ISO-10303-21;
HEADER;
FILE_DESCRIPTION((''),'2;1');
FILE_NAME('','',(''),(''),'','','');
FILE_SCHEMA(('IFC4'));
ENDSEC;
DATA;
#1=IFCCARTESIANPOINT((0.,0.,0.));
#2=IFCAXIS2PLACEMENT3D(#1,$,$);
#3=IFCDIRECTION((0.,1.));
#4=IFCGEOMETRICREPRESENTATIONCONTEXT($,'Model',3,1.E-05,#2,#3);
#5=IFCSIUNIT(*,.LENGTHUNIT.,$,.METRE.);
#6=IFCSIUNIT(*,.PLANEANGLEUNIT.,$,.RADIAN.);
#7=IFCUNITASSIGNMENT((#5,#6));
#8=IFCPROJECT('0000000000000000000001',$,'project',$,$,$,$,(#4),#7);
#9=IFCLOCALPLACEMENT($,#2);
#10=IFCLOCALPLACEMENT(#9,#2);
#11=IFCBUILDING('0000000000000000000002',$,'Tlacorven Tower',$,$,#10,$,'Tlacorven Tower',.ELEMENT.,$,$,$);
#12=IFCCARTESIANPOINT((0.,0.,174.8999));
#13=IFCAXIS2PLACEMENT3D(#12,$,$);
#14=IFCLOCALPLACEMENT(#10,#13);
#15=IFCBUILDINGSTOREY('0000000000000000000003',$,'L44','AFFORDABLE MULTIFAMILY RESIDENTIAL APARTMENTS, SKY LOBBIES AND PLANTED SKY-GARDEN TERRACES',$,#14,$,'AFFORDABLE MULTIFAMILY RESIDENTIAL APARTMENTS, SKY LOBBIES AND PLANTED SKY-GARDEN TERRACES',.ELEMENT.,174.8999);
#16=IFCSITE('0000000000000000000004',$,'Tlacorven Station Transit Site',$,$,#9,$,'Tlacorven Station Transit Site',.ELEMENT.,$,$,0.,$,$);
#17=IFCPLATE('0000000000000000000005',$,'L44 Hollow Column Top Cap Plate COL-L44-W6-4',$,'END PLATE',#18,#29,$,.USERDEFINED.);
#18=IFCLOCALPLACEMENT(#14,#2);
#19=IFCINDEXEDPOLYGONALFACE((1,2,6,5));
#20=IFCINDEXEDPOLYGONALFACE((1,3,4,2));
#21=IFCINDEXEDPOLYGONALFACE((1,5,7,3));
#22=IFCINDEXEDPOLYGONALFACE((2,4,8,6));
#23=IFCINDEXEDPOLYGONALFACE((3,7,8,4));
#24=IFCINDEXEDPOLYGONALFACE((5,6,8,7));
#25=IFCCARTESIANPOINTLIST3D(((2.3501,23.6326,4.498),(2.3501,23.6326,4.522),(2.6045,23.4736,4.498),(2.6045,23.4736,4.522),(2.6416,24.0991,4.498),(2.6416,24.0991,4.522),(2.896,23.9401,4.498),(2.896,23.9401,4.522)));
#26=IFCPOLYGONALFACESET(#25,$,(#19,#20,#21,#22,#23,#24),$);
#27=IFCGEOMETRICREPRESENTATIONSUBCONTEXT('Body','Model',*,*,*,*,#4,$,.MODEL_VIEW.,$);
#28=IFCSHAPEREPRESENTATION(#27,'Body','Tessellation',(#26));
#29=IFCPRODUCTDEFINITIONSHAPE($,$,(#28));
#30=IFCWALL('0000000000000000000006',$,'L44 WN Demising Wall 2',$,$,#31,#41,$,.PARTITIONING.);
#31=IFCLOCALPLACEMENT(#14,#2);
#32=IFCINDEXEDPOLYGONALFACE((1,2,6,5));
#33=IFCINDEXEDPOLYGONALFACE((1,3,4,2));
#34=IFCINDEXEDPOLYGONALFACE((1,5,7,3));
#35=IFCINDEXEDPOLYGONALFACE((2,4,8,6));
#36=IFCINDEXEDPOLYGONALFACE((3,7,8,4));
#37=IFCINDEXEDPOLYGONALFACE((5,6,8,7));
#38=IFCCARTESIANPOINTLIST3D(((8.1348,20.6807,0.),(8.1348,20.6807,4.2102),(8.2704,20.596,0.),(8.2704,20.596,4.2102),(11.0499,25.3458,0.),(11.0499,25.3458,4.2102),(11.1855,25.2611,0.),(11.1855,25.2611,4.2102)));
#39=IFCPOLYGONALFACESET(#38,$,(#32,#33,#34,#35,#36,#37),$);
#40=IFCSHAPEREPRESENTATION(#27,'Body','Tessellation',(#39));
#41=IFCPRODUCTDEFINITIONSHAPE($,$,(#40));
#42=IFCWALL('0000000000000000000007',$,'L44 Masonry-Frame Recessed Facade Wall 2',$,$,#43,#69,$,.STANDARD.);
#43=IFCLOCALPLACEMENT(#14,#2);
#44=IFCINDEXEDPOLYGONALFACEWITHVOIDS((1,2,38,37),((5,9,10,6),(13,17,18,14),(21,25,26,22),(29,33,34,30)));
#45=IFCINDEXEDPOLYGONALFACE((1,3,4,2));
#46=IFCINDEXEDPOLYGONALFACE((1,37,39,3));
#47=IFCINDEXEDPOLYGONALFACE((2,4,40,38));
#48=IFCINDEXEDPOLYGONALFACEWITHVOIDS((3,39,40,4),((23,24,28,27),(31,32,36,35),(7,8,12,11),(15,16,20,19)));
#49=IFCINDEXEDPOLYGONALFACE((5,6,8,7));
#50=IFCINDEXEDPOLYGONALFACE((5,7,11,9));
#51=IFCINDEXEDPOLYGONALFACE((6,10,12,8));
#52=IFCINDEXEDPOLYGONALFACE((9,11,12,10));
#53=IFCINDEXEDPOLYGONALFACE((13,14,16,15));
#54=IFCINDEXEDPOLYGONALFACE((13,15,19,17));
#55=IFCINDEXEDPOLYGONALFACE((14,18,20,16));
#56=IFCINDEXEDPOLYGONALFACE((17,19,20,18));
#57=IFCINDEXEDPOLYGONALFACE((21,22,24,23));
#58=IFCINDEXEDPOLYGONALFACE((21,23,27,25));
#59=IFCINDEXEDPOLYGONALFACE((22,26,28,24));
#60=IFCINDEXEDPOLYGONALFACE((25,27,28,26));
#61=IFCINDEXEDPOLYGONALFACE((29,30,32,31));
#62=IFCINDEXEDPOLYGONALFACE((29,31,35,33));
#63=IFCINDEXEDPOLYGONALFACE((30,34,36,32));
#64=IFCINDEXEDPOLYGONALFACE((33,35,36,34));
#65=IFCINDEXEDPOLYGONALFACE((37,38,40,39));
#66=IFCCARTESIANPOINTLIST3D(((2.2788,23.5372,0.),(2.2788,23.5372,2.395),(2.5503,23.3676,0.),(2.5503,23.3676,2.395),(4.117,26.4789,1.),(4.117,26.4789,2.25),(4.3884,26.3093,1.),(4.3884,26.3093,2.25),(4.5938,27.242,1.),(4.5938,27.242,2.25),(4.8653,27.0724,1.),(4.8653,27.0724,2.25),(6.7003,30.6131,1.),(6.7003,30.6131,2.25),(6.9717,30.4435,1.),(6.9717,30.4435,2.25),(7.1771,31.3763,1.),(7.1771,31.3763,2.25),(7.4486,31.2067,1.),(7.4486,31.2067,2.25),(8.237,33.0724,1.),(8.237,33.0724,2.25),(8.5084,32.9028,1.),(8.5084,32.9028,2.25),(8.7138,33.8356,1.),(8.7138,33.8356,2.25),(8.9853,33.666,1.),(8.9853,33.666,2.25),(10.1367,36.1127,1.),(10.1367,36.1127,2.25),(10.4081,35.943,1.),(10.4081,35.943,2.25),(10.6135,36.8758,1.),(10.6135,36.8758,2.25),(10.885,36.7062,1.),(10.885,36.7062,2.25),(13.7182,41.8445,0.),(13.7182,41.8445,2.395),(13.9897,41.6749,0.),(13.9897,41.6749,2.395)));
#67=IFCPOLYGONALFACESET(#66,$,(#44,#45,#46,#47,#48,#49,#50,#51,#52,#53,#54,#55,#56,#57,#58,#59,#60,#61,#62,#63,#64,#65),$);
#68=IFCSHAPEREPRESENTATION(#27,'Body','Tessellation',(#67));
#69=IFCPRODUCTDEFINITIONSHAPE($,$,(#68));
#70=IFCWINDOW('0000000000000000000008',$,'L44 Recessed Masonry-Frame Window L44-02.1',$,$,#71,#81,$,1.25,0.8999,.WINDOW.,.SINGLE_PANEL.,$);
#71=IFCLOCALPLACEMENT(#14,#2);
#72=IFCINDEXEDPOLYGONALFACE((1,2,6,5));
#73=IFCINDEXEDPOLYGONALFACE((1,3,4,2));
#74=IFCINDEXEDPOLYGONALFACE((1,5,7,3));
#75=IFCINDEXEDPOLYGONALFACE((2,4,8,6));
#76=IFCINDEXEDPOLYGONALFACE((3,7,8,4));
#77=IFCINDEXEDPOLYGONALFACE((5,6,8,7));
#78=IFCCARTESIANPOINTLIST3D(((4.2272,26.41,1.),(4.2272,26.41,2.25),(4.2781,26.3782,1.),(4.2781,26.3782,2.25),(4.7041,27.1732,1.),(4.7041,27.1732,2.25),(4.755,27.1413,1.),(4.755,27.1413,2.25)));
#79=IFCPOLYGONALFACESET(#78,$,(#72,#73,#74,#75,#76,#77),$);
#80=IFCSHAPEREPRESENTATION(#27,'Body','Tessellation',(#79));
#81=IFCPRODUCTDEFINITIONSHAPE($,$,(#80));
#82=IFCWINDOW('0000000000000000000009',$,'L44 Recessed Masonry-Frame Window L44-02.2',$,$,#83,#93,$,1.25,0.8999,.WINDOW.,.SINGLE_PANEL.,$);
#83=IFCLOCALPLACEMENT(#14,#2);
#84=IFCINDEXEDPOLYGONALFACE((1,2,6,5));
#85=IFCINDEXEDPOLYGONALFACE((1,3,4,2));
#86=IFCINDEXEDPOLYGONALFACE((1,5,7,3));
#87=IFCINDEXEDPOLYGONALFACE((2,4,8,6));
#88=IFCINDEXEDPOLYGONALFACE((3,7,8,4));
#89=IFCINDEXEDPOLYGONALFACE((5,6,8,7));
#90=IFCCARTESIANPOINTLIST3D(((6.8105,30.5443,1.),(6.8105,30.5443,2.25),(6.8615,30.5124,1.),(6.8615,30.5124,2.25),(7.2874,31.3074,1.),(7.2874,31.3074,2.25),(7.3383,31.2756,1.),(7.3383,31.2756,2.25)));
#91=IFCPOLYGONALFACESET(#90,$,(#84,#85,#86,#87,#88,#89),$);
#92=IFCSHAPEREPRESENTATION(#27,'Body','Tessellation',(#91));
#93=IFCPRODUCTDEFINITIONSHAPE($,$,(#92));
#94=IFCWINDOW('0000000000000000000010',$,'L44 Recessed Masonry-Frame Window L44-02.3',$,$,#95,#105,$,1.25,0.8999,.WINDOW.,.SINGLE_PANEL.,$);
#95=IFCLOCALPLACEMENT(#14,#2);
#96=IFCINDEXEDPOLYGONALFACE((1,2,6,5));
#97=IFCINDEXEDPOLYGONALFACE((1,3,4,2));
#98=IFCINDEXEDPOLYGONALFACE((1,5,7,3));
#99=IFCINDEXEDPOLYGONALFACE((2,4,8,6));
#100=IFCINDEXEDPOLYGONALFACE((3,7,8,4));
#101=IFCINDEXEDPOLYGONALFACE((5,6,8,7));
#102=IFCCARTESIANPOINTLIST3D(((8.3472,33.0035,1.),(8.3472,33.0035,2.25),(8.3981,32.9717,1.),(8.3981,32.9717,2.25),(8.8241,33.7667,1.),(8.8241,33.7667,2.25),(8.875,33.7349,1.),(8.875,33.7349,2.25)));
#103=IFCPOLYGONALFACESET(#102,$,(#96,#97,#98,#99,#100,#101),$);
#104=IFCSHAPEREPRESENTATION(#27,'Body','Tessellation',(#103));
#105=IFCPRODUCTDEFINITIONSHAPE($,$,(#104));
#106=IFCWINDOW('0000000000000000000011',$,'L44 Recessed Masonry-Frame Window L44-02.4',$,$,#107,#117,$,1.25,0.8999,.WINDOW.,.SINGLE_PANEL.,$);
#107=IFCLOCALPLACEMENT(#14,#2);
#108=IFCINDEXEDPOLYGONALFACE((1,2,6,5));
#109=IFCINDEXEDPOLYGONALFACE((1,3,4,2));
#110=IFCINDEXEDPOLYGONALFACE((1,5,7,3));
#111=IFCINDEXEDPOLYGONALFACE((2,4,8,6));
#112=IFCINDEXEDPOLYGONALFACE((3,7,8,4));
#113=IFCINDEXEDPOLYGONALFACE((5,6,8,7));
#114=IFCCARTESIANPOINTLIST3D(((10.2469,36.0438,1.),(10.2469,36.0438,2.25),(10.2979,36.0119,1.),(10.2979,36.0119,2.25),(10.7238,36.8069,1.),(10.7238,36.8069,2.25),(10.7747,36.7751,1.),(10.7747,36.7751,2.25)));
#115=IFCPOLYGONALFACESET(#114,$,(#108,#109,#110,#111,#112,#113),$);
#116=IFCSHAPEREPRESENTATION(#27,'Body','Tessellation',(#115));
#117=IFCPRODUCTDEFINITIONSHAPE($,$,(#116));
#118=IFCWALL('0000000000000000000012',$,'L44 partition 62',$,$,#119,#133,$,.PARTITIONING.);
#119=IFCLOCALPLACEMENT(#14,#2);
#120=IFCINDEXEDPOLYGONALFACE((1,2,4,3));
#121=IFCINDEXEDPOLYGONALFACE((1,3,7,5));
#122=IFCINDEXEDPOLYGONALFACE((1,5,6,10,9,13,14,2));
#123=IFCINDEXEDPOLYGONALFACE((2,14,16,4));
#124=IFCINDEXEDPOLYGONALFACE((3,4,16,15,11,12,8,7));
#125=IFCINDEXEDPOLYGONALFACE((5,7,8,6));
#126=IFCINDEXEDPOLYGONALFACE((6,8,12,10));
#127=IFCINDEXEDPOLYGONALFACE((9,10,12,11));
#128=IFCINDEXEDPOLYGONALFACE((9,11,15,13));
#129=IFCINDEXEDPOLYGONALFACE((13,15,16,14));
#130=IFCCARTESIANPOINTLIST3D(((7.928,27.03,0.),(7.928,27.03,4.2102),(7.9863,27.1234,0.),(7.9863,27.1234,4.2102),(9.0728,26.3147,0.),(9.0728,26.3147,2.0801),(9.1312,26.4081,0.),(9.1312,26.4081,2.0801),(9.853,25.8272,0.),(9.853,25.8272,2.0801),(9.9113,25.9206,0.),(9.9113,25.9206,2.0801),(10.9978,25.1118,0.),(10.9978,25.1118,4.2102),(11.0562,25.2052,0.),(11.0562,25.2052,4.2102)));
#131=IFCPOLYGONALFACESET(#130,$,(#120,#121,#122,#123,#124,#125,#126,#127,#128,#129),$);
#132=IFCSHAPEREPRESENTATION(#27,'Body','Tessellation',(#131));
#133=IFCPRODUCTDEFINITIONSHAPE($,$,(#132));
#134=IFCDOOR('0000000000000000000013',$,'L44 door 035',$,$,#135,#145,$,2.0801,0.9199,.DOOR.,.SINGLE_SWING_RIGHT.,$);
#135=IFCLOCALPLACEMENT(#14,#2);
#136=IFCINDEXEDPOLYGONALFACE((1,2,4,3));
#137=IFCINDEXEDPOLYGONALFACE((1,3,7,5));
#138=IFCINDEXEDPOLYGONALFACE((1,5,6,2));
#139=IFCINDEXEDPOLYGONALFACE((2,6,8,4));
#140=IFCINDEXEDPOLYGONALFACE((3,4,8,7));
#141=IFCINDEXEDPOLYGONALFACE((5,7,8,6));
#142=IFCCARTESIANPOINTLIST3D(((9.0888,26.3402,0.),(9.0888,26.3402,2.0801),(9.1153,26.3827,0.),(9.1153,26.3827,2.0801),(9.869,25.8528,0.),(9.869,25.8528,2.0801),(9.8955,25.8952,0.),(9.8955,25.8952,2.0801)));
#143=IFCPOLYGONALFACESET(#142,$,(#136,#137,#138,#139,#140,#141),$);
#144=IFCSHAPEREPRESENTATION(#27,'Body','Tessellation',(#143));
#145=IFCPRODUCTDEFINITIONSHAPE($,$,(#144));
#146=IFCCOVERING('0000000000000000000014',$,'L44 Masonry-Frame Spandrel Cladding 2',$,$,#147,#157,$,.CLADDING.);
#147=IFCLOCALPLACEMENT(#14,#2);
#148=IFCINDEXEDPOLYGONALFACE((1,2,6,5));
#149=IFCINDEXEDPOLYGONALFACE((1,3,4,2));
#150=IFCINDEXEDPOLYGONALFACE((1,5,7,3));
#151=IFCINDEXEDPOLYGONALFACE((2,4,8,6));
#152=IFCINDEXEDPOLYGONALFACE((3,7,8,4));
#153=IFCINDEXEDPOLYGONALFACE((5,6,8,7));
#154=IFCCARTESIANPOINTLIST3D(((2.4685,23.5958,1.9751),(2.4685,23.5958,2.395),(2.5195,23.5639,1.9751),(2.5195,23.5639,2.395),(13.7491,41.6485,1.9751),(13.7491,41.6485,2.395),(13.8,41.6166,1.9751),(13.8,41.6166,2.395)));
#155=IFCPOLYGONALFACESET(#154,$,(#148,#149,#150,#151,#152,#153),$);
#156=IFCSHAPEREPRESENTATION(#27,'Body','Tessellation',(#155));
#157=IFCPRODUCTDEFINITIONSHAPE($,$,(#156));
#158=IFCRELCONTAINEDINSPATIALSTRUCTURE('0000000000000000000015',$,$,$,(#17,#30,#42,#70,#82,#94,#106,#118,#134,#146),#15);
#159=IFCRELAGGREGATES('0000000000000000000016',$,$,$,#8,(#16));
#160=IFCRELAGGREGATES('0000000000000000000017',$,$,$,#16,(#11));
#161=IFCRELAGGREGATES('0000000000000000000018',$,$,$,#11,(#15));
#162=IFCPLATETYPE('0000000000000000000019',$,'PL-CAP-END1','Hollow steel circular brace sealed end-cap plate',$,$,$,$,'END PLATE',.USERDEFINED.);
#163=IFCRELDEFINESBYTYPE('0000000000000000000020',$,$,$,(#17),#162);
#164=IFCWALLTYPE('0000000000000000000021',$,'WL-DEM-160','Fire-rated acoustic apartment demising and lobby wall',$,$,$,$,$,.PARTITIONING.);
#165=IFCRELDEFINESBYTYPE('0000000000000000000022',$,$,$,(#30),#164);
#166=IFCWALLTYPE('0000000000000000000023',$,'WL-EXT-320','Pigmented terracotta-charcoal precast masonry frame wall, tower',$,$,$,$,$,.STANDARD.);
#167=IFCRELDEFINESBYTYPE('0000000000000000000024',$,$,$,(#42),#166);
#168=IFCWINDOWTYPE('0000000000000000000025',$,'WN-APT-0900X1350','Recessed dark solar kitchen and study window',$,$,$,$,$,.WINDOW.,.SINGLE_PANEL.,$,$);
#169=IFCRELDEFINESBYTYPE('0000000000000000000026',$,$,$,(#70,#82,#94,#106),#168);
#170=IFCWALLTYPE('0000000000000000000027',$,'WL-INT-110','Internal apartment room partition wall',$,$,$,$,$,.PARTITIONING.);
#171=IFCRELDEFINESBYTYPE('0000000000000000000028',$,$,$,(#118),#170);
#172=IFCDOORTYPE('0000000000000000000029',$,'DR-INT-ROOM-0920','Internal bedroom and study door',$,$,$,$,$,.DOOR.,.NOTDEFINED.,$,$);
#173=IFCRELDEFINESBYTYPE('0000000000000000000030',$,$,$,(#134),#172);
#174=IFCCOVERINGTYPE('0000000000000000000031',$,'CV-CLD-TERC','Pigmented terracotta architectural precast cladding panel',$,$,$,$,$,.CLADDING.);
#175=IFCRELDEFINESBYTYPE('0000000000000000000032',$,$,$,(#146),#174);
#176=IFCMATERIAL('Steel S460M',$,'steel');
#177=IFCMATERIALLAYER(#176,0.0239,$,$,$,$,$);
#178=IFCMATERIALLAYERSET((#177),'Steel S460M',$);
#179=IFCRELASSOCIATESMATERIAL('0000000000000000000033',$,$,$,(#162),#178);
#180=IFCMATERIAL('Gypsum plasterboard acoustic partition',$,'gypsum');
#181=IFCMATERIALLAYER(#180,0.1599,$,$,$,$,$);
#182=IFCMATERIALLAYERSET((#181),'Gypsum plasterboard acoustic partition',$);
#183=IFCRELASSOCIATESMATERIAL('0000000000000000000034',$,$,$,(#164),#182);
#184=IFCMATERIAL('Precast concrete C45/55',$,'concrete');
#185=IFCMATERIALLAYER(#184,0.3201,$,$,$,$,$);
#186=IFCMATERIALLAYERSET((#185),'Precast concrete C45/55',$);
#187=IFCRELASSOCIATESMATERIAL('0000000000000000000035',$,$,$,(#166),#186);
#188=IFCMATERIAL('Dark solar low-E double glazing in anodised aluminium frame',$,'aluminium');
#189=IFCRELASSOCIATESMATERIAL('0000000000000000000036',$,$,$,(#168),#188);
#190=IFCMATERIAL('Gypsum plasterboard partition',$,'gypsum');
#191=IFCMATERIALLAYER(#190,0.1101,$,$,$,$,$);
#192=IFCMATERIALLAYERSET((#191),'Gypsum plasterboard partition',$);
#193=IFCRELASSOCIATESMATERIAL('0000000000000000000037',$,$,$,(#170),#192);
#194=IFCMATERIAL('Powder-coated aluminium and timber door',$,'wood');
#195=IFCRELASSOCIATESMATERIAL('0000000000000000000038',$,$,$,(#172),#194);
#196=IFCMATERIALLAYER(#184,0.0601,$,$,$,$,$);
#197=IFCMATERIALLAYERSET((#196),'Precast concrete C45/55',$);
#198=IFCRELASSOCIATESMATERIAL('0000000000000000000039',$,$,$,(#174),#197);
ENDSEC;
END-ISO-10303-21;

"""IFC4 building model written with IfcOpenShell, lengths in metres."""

from ifc_helpers import new_model, si_unit, direction, frame, frame_2d, origin, origin_2d, place, context, subcontext, project, spatial, rectangle, extrude, source, transform, mapped, material, layer, layer_set, type_object, element, fill, save


model = new_model("IFC4")

# Units and contexts
model_context = context("Model", 3, precision=1e-05, world=origin(), true_north=direction((0.0, 1.0)))
body_context = subcontext(model_context, "Body", "Model", "MODEL_VIEW")
ifc_project = project(units=[si_unit("LENGTHUNIT", "METRE"), si_unit("PLANEANGLEUNIT", "RADIAN")], contexts=[model_context])

# Site, building, storey
site_placement = place(None, origin())
site = spatial("IfcSite", under=ifc_project, at=site_placement, Name="Tlacorven Station Transit Site", LongName="Tlacorven Station Transit Site", CompositionType="ELEMENT", RefElevation=0.0)
building_placement = place(site_placement, origin())
building = spatial("IfcBuilding", under=site, at=building_placement, Name="Tlacorven Tower", LongName="Tlacorven Tower", CompositionType="ELEMENT")
storey_placement = place(building_placement, frame((0.0, 0.0, 174.8999)))
storey = spatial("IfcBuildingStorey", under=building, at=storey_placement, Name="L44", Description="AFFORDABLE MULTIFAMILY RESIDENTIAL APARTMENTS, SKY LOBBIES AND PLANTED SKY-GARDEN TERRACES", LongName="AFFORDABLE MULTIFAMILY RESIDENTIAL APARTMENTS, SKY LOBBIES AND PLANTED SKY-GARDEN TERRACES", CompositionType="ELEMENT", Elevation=174.8999)

# Shared definitions
ifc_material_1 = material(Name="Steel S460M", Category="steel")

# Plate
ifc_layer_1 = layer(ifc_material_1, 0.0239)
ifc_layer_set_1 = layer_set([ifc_layer_1], Name="Steel S460M")
plate_type = type_object("IfcPlateType", Name="PL-CAP-END1", Description="Hollow steel circular brace sealed end-cap plate", ElementType="END PLATE", PredefinedType="USERDEFINED", material=ifc_layer_set_1)
shared_shape_1 = source(origin(), body_context, "Body", "SweptSolid", [
    extrude(rectangle(XDim=0.3, YDim=0.55, at=origin_2d()), origin(), (0.0, 0.0, 1.0), 0.0239),
])
plate_placement = place(storey_placement, frame((2.623, 23.7864, 4.498), z_axis=(0.0, 0.0, 1.0), x_axis=(-0.848048, 0.529919, 0.0)))
element("IfcPlate", 1, at=plate_placement, inside=storey, type_object=plate_type, Name="L44 Hollow Column Top Cap Plate COL-L44-W6-4", ObjectType="END PLATE", PredefinedType="USERDEFINED", context=body_context, shape_type="MappedRepresentation", body=[
    mapped(shared_shape_1, transform((0.0, 0.0, 0.0), scale=1.0)),
])

# Wall
ifc_material_2 = material(Name="Gypsum plasterboard acoustic partition", Category="gypsum")
ifc_layer_2 = layer(ifc_material_2, 0.1599)
ifc_layer_set_2 = layer_set([ifc_layer_2], Name="Gypsum plasterboard acoustic partition")
wall_type_1 = type_object("IfcWallType", Name="WL-DEM-160", Description="Fire-rated acoustic apartment demising and lobby wall", PredefinedType="PARTITIONING", material=ifc_layer_set_2)
wall_1_placement = place(storey_placement, frame((11.1177, 25.3035, 0.0), z_axis=(0.0, 0.0, 1.0), x_axis=(-0.529919, -0.848048, 0.0)))
element("IfcWall", 2, at=wall_1_placement, inside=storey, type_object=wall_type_1, Name="L44 WN Demising Wall 2", PredefinedType="PARTITIONING", context=body_context, shape_type="SweptSolid", body=[
    extrude(rectangle(XDim=5.501, YDim=0.1599, at=frame_2d((2.7505, 0.0))), origin(), (0.0, 0.0, 1.0), 4.2102),
])

# Wall, openings, windows
ifc_material_3 = material(Name="Precast concrete C45/55", Category="concrete")
ifc_layer_3 = layer(ifc_material_3, 0.3201)
ifc_layer_set_3 = layer_set([ifc_layer_3], Name="Precast concrete C45/55")
wall_type_2 = type_object("IfcWallType", Name="WL-EXT-320", Description="Pigmented terracotta-charcoal precast masonry frame wall, tower", PredefinedType="STANDARD", material=ifc_layer_set_3)
wall_2_placement = place(storey_placement, frame((2.4146, 23.4524, 0.0), z_axis=(0.0, 0.0, 1.0), x_axis=(0.52991, 0.848054, 0.0)))
wall_2 = element("IfcWall", 3, at=wall_2_placement, inside=storey, type_object=wall_type_2, Name="L44 Masonry-Frame Recessed Facade Wall 2", PredefinedType="STANDARD", context=body_context, shape_type="SweptSolid", body=[
    extrude(rectangle(XDim=21.5874, YDim=0.3201, at=frame_2d((10.7937, 0.0))), origin(), (0.0, 0.0, 1.0), 2.395),
])
opening_1_placement = place(wall_2_placement, frame((3.4688, 0.0, 1.0)))
opening_1 = element("IfcOpeningElement", 4, at=opening_1_placement, cuts=wall_2, PredefinedType="OPENING", context=body_context, shape_type="SweptSolid", body=[
    extrude(rectangle(XDim=0.8999, YDim=1.25, at=frame_2d((0.45, 0.625))), frame((0.0, 0.1699, 0.0), z_axis=(0.0, -1.0, 0.0), x_axis=(1.0, 0.0, 0.0)), (0.0, 0.0, 1.0), 0.3401),
])
opening_2_placement = place(wall_2_placement, frame((8.3438, 0.0, 1.0)))
opening_2 = element("IfcOpeningElement", 5, at=opening_2_placement, cuts=wall_2, PredefinedType="OPENING", context=body_context, shape_type="SweptSolid", body=[
    extrude(rectangle(XDim=0.8999, YDim=1.25, at=frame_2d((0.45, 0.625))), frame((0.0, 0.1699, 0.0), z_axis=(0.0, -1.0, 0.0), x_axis=(1.0, 0.0, 0.0)), (0.0, 0.0, 1.0), 0.3401),
])
opening_3_placement = place(wall_2_placement, frame((11.2437, 0.0, 1.0)))
opening_3 = element("IfcOpeningElement", 6, at=opening_3_placement, cuts=wall_2, PredefinedType="OPENING", context=body_context, shape_type="SweptSolid", body=[
    extrude(rectangle(XDim=0.8999, YDim=1.25, at=frame_2d((0.45, 0.625))), frame((0.0, 0.1699, 0.0), z_axis=(0.0, -1.0, 0.0), x_axis=(1.0, 0.0, 0.0)), (0.0, 0.0, 1.0), 0.3401),
])
opening_4_placement = place(wall_2_placement, frame((14.8286, 0.0, 1.0)))
opening_4 = element("IfcOpeningElement", 7, at=opening_4_placement, cuts=wall_2, PredefinedType="OPENING", context=body_context, shape_type="SweptSolid", body=[
    extrude(rectangle(XDim=0.8999, YDim=1.25, at=frame_2d((0.45, 0.625))), frame((0.0, 0.1699, 0.0), z_axis=(0.0, -1.0, 0.0), x_axis=(1.0, 0.0, 0.0)), (0.0, 0.0, 1.0), 0.3401),
])
ifc_material_4 = material(Name="Dark solar low-E double glazing in anodised aluminium frame", Category="aluminium")
window_type = type_object("IfcWindowType", Name="WN-APT-0900X1350", Description="Recessed dark solar kitchen and study window", PartitioningType="SINGLE_PANEL", PredefinedType="WINDOW", material=ifc_material_4)
shared_shape_2 = source(origin(), body_context, "Body", "SweptSolid", [
    extrude(rectangle(XDim=0.8999, YDim=1.25, at=frame_2d((0.45, 0.625))), frame((0.0, 0.03, 0.0), z_axis=(0.0, -1.0, 0.0), x_axis=(1.0, 0.0, 0.0)), (0.0, 0.0, 1.0), 0.0601),
])
window_1_placement = place(opening_1_placement, origin())
window_1 = element("IfcWindow", 8, at=window_1_placement, inside=storey, type_object=window_type, Name="L44 Recessed Masonry-Frame Window L44-02.1", OverallHeight=1.25, OverallWidth=0.8999, PartitioningType="SINGLE_PANEL", PredefinedType="WINDOW", context=body_context, shape_type="MappedRepresentation", body=[
    mapped(shared_shape_2, transform((0.0, 0.0, 0.0), scale=1.0)),
])
fill(opening_1, window_1)
window_2_placement = place(opening_2_placement, origin())
window_2 = element("IfcWindow", 9, at=window_2_placement, inside=storey, type_object=window_type, Name="L44 Recessed Masonry-Frame Window L44-02.2", OverallHeight=1.25, OverallWidth=0.8999, PartitioningType="SINGLE_PANEL", PredefinedType="WINDOW", context=body_context, shape_type="MappedRepresentation", body=[
    mapped(shared_shape_2, transform((0.0, 0.0, 0.0), scale=1.0)),
])
fill(opening_2, window_2)
window_3_placement = place(opening_3_placement, origin())
window_3 = element("IfcWindow", 10, at=window_3_placement, inside=storey, type_object=window_type, Name="L44 Recessed Masonry-Frame Window L44-02.3", OverallHeight=1.25, OverallWidth=0.8999, PartitioningType="SINGLE_PANEL", PredefinedType="WINDOW", context=body_context, shape_type="MappedRepresentation", body=[
    mapped(shared_shape_2, transform((0.0, 0.0, 0.0), scale=1.0)),
])
fill(opening_3, window_3)
window_4_placement = place(opening_4_placement, origin())
window_4 = element("IfcWindow", 11, at=window_4_placement, inside=storey, type_object=window_type, Name="L44 Recessed Masonry-Frame Window L44-02.4", OverallHeight=1.25, OverallWidth=0.8999, PartitioningType="SINGLE_PANEL", PredefinedType="WINDOW", context=body_context, shape_type="MappedRepresentation", body=[
    mapped(shared_shape_2, transform((0.0, 0.0, 0.0), scale=1.0)),
])
fill(opening_4, window_4)

# Wall, opening, door
ifc_material_5 = material(Name="Gypsum plasterboard partition", Category="gypsum")
ifc_layer_4 = layer(ifc_material_5, 0.1101)
ifc_layer_set_4 = layer_set([ifc_layer_4], Name="Gypsum plasterboard partition")
wall_type_3 = type_object("IfcWallType", Name="WL-INT-110", Description="Internal apartment room partition wall", PredefinedType="PARTITIONING", material=ifc_layer_set_4)
wall_3_placement = place(storey_placement, frame((11.0271, 25.1584, 0.0), z_axis=(0.0, 0.0, 1.0), x_axis=(-0.848051, 0.529914, 0.0)))
wall_3 = element("IfcWall", 12, at=wall_3_placement, inside=storey, type_object=wall_type_3, Name="L44 partition 62", PredefinedType="PARTITIONING", context=body_context, shape_type="SweptSolid", body=[
    extrude(rectangle(XDim=3.6199, YDim=0.1101, at=frame_2d((1.8101, 0.0))), origin(), (0.0, 0.0, 1.0), 4.2102),
])
opening_5_placement = place(wall_3_placement, frame((1.3501, 0.0, 0.0)))
opening_5 = element("IfcOpeningElement", 13, at=opening_5_placement, cuts=wall_3, PredefinedType="OPENING", context=body_context, shape_type="SweptSolid", body=[
    extrude(rectangle(XDim=0.9199, YDim=2.0801, at=frame_2d((0.46, 1.04))), frame((0.0, 0.0649, 0.0), z_axis=(0.0, -1.0, 0.0), x_axis=(1.0, 0.0, 0.0)), (0.0, 0.0, 1.0), 0.1301),
])
ifc_material_6 = material(Name="Powder-coated aluminium and timber door", Category="wood")
door_type = type_object("IfcDoorType", Name="DR-INT-ROOM-0920", Description="Internal bedroom and study door", OperationType="NOTDEFINED", PredefinedType="DOOR", material=ifc_material_6)
shared_shape_3 = source(origin(), body_context, "Body", "SweptSolid", [
    extrude(rectangle(XDim=0.9199, YDim=2.0801, at=frame_2d((0.46, 1.04))), frame((0.0, 0.0249, 0.0), z_axis=(0.0, -1.0, 0.0), x_axis=(1.0, 0.0, 0.0)), (0.0, 0.0, 1.0), 0.05),
])
door_placement = place(opening_5_placement, origin())
door = element("IfcDoor", 14, at=door_placement, inside=storey, type_object=door_type, Name="L44 door 035", OperationType="SINGLE_SWING_RIGHT", OverallHeight=2.0801, OverallWidth=0.9199, PredefinedType="DOOR", context=body_context, shape_type="MappedRepresentation", body=[
    mapped(shared_shape_3, transform((0.0, 0.0, 0.0), scale=1.0)),
])
fill(opening_5, door)

# Covering
ifc_layer_5 = layer(ifc_material_3, 0.0601)
ifc_layer_set_5 = layer_set([ifc_layer_5], Name="Precast concrete C45/55")
covering_type = type_object("IfcCoveringType", Name="CV-CLD-TERC", Description="Pigmented terracotta architectural precast cladding panel", PredefinedType="CLADDING", material=ifc_layer_set_5)
shared_shape_4 = source(origin(), body_context, "Body", "SweptSolid", [
    extrude(rectangle(XDim=21.2874, YDim=0.0601, at=origin_2d()), origin(), (0.0, 0.0, 1.0), 0.4199),
])
covering_placement = place(storey_placement, frame((8.1343, 32.6062, 1.9751), z_axis=(0.0, 0.0, 1.0), x_axis=(0.529919, 0.848048, 0.0)))
element("IfcCovering", 15, at=covering_placement, inside=storey, type_object=covering_type, Name="L44 Masonry-Frame Spandrel Cladding 2", PredefinedType="CLADDING", context=body_context, shape_type="MappedRepresentation", body=[
    mapped(shared_shape_4, transform((0.0, 0.0, 0.0), scale=1.0)),
])

save(model, "model.ifc")
